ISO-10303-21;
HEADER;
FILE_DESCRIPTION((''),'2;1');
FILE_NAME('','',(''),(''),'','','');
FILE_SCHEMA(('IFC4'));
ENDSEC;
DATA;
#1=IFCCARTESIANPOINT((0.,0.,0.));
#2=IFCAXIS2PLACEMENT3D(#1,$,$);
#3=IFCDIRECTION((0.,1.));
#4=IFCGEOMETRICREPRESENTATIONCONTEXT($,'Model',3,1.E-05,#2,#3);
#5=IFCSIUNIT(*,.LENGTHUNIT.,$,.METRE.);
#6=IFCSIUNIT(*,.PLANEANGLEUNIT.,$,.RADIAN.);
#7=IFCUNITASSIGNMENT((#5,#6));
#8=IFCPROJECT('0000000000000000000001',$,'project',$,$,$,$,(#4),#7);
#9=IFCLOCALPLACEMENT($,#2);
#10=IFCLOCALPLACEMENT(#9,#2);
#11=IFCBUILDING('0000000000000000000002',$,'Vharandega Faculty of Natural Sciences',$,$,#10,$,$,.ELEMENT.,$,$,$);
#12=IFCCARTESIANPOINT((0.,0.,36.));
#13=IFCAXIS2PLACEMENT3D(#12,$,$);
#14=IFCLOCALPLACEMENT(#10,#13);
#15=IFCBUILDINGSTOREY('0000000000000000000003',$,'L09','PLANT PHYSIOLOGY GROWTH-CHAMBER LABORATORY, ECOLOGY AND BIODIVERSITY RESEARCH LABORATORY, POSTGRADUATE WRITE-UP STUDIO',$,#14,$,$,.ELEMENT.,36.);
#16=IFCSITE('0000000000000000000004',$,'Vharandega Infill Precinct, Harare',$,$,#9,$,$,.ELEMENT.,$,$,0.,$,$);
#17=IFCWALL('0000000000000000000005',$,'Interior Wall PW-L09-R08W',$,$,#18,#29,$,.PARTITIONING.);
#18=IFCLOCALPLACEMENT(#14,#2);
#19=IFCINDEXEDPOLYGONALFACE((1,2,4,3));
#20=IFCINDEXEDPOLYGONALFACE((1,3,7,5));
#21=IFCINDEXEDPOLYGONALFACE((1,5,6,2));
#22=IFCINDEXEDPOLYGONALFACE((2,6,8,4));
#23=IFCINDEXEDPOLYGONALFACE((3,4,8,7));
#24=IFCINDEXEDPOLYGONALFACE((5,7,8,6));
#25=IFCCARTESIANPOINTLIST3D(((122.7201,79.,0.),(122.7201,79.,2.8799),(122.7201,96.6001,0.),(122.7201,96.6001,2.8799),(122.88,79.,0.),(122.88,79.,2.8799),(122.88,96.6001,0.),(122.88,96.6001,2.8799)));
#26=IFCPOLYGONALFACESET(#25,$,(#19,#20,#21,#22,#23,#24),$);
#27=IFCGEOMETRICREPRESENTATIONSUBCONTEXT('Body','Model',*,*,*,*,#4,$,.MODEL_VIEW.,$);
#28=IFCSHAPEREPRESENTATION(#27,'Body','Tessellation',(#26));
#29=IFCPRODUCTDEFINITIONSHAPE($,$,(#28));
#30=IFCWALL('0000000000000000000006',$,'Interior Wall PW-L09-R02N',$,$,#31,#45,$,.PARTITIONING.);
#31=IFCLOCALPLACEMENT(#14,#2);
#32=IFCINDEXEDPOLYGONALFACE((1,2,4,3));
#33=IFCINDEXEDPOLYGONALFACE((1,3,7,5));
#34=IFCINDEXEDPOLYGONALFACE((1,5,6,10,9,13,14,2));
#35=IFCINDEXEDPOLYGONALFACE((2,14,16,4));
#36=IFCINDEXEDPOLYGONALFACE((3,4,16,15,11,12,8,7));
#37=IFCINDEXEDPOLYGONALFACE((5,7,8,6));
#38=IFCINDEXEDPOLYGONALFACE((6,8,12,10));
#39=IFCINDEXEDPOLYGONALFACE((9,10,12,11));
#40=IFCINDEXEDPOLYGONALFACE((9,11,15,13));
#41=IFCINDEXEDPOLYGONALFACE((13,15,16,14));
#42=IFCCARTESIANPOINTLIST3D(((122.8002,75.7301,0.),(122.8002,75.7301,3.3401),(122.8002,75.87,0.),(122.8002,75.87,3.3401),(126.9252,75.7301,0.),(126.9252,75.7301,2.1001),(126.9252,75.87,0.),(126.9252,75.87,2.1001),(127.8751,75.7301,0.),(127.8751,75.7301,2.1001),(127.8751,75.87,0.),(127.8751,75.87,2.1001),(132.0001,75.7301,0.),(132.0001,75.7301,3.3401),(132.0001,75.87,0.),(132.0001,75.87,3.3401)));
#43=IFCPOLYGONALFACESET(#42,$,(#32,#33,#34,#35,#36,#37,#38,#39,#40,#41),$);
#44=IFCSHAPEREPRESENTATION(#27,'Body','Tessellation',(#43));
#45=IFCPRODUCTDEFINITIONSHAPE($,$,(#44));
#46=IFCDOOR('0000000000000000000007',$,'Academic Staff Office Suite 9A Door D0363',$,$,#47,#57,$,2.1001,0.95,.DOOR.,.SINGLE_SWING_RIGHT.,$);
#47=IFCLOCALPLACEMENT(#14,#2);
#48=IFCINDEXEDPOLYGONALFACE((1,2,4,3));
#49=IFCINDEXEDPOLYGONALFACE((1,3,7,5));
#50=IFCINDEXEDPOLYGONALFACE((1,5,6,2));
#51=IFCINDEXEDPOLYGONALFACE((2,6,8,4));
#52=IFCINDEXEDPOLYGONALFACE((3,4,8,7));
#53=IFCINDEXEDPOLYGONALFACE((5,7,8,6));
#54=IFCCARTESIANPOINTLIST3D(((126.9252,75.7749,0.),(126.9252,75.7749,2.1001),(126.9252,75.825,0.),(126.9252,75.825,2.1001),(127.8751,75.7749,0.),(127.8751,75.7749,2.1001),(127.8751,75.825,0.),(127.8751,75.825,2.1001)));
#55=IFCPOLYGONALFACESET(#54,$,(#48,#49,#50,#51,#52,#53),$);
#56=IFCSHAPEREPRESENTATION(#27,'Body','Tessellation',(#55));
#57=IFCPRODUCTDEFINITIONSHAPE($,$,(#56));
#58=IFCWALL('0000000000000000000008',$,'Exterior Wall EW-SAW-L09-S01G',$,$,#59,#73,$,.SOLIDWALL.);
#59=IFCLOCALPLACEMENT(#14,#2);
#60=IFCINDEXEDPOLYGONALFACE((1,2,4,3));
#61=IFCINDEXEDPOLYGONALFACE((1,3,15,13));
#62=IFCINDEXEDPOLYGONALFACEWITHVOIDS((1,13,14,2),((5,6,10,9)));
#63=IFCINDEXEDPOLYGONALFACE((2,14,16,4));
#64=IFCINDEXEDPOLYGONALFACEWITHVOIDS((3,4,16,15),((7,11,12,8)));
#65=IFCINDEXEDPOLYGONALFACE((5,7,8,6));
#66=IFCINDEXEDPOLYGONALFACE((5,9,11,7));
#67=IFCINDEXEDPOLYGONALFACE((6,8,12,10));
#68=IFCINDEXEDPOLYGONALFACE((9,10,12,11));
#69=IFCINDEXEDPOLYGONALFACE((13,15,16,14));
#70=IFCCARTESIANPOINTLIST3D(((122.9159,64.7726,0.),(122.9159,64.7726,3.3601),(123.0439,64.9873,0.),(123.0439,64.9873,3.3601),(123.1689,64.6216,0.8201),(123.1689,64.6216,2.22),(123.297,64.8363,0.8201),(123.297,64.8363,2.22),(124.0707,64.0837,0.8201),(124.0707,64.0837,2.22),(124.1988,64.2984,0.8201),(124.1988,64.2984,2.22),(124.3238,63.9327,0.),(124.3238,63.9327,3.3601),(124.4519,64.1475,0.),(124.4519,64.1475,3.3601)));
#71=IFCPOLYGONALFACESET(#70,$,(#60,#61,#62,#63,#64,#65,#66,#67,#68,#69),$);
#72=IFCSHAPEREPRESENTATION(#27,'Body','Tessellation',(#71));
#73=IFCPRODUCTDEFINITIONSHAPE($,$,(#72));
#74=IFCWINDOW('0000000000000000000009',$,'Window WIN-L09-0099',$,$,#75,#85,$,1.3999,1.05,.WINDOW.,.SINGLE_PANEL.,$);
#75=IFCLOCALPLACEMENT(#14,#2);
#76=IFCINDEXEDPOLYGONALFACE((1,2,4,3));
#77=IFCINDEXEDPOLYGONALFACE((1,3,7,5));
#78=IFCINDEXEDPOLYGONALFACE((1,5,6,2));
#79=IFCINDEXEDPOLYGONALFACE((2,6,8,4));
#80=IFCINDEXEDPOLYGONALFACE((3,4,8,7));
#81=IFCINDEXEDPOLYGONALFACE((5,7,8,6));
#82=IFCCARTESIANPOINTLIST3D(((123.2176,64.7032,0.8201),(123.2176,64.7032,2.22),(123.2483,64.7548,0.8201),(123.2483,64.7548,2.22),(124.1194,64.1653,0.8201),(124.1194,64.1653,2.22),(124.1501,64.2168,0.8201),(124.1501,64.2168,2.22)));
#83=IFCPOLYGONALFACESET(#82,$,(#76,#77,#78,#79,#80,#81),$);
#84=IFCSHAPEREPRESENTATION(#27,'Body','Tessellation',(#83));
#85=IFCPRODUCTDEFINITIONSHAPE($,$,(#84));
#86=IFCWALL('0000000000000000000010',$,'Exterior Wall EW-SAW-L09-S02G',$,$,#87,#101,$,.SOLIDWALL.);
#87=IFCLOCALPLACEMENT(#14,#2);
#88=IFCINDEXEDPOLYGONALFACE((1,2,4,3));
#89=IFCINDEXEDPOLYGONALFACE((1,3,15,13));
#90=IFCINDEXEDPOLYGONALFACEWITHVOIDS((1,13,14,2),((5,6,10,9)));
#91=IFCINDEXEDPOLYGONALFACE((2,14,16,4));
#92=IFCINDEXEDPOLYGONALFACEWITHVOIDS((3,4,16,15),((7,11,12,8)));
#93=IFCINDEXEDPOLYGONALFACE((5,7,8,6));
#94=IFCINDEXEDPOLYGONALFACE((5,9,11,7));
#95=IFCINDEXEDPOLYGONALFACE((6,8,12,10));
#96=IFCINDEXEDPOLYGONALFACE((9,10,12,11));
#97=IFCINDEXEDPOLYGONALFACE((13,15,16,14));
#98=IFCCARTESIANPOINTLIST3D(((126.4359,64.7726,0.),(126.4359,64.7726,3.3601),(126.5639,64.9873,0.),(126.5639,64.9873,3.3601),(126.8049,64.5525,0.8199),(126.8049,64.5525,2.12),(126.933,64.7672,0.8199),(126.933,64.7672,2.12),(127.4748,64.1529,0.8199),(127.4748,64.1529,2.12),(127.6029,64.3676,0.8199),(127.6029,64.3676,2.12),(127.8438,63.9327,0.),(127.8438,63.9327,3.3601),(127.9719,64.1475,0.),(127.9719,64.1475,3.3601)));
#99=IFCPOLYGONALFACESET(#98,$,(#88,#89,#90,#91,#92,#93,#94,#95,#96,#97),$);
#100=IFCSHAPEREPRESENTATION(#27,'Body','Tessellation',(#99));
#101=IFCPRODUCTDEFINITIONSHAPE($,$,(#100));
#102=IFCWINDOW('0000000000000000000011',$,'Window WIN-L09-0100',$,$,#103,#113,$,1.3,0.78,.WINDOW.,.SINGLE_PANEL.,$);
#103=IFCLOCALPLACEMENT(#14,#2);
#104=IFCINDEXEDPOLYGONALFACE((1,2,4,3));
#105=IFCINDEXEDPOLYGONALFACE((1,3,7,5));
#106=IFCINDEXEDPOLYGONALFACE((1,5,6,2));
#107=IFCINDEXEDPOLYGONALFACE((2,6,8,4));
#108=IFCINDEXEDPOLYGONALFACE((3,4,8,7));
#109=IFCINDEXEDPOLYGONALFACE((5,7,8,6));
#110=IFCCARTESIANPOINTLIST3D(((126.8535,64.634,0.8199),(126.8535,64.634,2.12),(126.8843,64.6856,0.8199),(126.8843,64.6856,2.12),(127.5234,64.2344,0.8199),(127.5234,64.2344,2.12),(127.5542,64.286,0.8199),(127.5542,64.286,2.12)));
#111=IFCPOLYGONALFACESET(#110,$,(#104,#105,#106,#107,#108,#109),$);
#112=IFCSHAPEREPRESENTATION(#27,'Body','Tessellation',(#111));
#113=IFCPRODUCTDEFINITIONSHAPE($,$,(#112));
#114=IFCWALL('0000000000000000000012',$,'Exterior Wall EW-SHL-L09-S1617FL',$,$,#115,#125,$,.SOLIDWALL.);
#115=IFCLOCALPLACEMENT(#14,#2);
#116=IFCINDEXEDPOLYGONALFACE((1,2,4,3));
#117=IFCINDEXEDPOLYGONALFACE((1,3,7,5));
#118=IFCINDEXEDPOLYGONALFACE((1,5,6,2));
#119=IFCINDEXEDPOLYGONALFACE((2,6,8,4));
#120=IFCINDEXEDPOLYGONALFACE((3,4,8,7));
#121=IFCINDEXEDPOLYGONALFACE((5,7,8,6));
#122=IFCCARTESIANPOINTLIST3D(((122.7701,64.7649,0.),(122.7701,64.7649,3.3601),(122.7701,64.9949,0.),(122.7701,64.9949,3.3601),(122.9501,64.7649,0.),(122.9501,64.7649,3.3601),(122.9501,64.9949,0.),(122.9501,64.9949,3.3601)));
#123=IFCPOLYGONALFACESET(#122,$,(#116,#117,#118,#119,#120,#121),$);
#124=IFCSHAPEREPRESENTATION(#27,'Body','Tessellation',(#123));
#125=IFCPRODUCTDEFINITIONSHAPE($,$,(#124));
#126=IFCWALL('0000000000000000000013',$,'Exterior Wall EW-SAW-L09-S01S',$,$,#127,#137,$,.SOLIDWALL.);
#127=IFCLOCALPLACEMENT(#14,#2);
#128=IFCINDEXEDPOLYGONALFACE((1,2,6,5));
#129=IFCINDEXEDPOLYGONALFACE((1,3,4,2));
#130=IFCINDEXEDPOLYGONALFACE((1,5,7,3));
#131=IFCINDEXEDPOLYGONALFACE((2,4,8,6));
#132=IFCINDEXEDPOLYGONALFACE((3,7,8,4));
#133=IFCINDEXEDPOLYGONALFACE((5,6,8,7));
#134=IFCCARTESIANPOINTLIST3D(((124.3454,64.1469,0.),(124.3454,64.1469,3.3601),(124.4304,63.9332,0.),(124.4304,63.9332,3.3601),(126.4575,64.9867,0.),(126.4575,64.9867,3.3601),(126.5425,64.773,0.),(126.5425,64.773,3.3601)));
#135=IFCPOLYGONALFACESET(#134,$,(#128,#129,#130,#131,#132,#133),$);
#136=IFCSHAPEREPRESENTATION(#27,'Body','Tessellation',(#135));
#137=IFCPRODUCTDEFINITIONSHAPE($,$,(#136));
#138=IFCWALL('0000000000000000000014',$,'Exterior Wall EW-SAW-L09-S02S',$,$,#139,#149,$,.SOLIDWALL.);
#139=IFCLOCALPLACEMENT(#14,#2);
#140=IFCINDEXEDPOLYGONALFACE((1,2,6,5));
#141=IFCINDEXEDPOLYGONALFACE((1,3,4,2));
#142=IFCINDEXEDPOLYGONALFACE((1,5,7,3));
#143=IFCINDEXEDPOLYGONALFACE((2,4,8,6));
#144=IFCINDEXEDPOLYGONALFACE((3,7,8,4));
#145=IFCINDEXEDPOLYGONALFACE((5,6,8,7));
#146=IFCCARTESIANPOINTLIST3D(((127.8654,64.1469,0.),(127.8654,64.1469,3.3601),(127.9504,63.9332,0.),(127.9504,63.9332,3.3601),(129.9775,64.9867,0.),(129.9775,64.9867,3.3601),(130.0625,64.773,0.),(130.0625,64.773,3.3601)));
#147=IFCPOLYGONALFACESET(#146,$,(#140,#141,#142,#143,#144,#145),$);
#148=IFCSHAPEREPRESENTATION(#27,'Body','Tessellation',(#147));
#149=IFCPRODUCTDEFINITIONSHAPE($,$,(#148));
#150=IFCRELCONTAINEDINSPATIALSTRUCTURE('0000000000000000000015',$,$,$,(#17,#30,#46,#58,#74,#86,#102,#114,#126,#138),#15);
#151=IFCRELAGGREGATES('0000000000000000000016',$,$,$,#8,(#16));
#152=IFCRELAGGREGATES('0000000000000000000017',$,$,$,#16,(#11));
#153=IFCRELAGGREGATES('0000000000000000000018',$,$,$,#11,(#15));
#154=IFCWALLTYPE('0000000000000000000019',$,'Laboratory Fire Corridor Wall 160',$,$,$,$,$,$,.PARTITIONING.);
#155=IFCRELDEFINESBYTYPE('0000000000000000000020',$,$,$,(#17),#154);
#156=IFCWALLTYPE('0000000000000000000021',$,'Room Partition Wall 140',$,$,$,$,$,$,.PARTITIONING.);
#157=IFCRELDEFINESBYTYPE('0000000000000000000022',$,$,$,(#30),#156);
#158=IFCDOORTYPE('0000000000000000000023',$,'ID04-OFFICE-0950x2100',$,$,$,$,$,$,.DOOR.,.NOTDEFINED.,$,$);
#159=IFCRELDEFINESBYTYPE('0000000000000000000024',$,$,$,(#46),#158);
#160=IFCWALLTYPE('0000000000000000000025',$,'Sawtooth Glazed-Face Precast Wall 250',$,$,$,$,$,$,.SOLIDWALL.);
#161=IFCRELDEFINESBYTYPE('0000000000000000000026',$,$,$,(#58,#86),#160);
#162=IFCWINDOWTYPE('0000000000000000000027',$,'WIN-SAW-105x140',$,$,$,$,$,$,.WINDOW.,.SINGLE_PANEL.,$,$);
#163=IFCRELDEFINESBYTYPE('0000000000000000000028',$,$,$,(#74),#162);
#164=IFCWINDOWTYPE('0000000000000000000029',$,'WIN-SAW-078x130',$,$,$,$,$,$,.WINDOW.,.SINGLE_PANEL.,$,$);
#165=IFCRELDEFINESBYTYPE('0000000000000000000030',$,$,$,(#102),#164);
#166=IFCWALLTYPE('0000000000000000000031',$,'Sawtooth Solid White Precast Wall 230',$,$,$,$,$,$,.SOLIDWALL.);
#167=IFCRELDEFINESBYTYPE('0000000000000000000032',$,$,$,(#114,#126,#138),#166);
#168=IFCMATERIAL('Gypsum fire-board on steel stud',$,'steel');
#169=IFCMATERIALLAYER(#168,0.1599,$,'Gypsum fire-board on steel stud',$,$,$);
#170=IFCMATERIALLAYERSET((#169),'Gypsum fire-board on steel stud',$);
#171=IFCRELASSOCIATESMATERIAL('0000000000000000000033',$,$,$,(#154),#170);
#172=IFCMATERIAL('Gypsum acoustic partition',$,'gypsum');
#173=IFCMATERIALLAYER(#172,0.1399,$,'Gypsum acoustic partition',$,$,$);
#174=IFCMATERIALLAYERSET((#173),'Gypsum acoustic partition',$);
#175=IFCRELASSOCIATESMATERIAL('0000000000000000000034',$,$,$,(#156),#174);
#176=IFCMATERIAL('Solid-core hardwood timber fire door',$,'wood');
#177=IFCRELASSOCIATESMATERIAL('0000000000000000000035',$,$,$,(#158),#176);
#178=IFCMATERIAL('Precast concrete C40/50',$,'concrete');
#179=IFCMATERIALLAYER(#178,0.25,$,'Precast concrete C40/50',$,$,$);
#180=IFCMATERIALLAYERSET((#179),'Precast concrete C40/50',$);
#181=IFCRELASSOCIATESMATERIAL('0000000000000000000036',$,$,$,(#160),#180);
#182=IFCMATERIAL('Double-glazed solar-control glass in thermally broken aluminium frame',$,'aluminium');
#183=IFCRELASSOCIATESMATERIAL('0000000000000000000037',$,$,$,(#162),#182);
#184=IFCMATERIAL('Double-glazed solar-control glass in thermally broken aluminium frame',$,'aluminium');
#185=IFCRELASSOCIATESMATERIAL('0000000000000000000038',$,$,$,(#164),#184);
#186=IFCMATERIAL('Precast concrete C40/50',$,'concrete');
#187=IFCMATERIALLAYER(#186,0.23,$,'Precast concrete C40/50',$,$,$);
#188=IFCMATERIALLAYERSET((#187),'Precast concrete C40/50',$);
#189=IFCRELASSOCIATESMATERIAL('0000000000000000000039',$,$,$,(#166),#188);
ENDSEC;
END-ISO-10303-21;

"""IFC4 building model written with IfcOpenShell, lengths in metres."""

from ifc_helpers import new_model, si_unit, direction, frame, frame_2d, origin, place, context, subcontext, project, spatial, rectangle, extrude, material, layer, layer_set, type_object, element, fill, save


model = new_model("IFC4")

# Units and contexts
model_context = context("Model", 3, precision=1e-05, world=origin(), true_north=direction((0.0, 1.0)))
body_context = subcontext(model_context, "Body", "Model", "MODEL_VIEW")
ifc_project = project(units=[si_unit("LENGTHUNIT", "METRE"), si_unit("PLANEANGLEUNIT", "RADIAN")], contexts=[model_context])

# Site, building, storey
site_placement = place(None, origin())
site = spatial("IfcSite", under=ifc_project, at=site_placement, Name="Vharandega Infill Precinct, Harare", CompositionType="ELEMENT", RefElevation=0.0)
building_placement = place(site_placement, origin())
building = spatial("IfcBuilding", under=site, at=building_placement, Name="Vharandega Faculty of Natural Sciences", CompositionType="ELEMENT")
storey_placement = place(building_placement, frame((0.0, 0.0, 36.0)))
storey = spatial("IfcBuildingStorey", under=building, at=storey_placement, Name="L09", Description="PLANT PHYSIOLOGY GROWTH-CHAMBER LABORATORY, ECOLOGY AND BIODIVERSITY RESEARCH LABORATORY, POSTGRADUATE WRITE-UP STUDIO", CompositionType="ELEMENT", Elevation=36.0)

# Shared definitions
ifc_material_1 = material(Name="Gypsum fire-board on steel stud", Category="steel")
ifc_layer_1 = layer(ifc_material_1, 0.1599, Name="Gypsum fire-board on steel stud")
ifc_layer_set_1 = layer_set([ifc_layer_1], Name="Gypsum fire-board on steel stud")
wall_type_1 = type_object("IfcWallType", Name="Laboratory Fire Corridor Wall 160", PredefinedType="PARTITIONING", material=ifc_layer_set_1)

# Wall
wall_1_placement = place(storey_placement, frame((122.8, 79.0, 0.0), z_axis=(0.0, 0.0, 1.0), x_axis=(0.0, 1.0, 0.0)))
element("IfcWall", 1, at=wall_1_placement, inside=storey, type_object=wall_type_1, Name="Interior Wall PW-L09-R08W", PredefinedType="PARTITIONING", context=body_context, shape_type="SweptSolid", body=[
    extrude(rectangle(XDim=17.6001, YDim=0.1599, at=frame_2d((8.8, 0.0))), origin(), (0.0, 0.0, 1.0), 2.8799),
])

# Wall, opening, door
ifc_material_2 = material(Name="Gypsum acoustic partition", Category="gypsum")
ifc_layer_2 = layer(ifc_material_2, 0.1399, Name="Gypsum acoustic partition")
ifc_layer_set_2 = layer_set([ifc_layer_2], Name="Gypsum acoustic partition")
wall_type_2 = type_object("IfcWallType", Name="Room Partition Wall 140", PredefinedType="PARTITIONING", material=ifc_layer_set_2)
wall_2_placement = place(storey_placement, frame((122.8, 75.8, 0.0), z_axis=(0.0, 0.0, 1.0), x_axis=(1.0, 0.0, 0.0)))
wall_2 = element("IfcWall", 2, at=wall_2_placement, inside=storey, type_object=wall_type_2, Name="Interior Wall PW-L09-R02N", PredefinedType="PARTITIONING", context=body_context, shape_type="SweptSolid", body=[
    extrude(rectangle(XDim=9.2, YDim=0.1399, at=frame_2d((4.6001, 0.0))), origin(), (0.0, 0.0, 1.0), 3.3401),
])
opening_1_placement = place(wall_2_placement, frame((4.125, 0.0, 0.0)))
opening_1 = element("IfcOpeningElement", 3, at=opening_1_placement, cuts=wall_2, PredefinedType="OPENING", context=body_context, shape_type="SweptSolid", body=[
    extrude(rectangle(XDim=0.95, YDim=2.1001, at=frame_2d((0.4751, 1.05))), frame((0.0, 0.0801, 0.0), z_axis=(0.0, -1.0, 0.0), x_axis=(1.0, 0.0, 0.0)), (0.0, 0.0, 1.0), 0.1599),
])
ifc_material_3 = material(Name="Solid-core hardwood timber fire door", Category="wood")
door_type_1 = type_object("IfcDoorType", Name="ID04-OFFICE-0950x2100", OperationType="NOTDEFINED", PredefinedType="DOOR", material=ifc_material_3)
door_1_placement = place(opening_1_placement, origin())
door_1 = element("IfcDoor", 4, at=door_1_placement, inside=storey, type_object=door_type_1, Name="Academic Staff Office Suite 9A Door D0363", OperationType="SINGLE_SWING_RIGHT", OverallHeight=2.1001, OverallWidth=0.95, PredefinedType="DOOR", context=body_context, shape_type="SweptSolid", body=[
    extrude(rectangle(XDim=0.95, YDim=2.1001, at=frame_2d((0.4751, 1.05))), frame((0.0, 0.0249, 0.0), z_axis=(0.0, -1.0, 0.0), x_axis=(1.0, 0.0, 0.0)), (0.0, 0.0, 1.0), 0.05),
])
fill(opening_1, door_1)

# Walls, openings, windows
ifc_material_4 = material(Name="Precast concrete C40/50", Category="concrete")
ifc_layer_3 = layer(ifc_material_4, 0.25, Name="Precast concrete C40/50")
ifc_layer_set_3 = layer_set([ifc_layer_3], Name="Precast concrete C40/50")
wall_type_3 = type_object("IfcWallType", Name="Sawtooth Glazed-Face Precast Wall 250", PredefinedType="SOLIDWALL", material=ifc_layer_set_3)
wall_3_placement = place(storey_placement, frame((124.3879, 64.04, 0.0), z_axis=(0.0, 0.0, 1.0), x_axis=(-0.858817, 0.512282, 0.0)))
wall_3 = element("IfcWall", 5, at=wall_3_placement, inside=storey, type_object=wall_type_3, Name="Exterior Wall EW-SAW-L09-S01G", PredefinedType="SOLIDWALL", context=body_context, shape_type="SweptSolid", body=[
    extrude(rectangle(XDim=1.6394, YDim=0.25, at=frame_2d((0.8198, 0.0))), origin(), (0.0, 0.0, 1.0), 3.3601),
])
opening_2_placement = place(wall_3_placement, frame((0.2949, 0.0, 0.8201)))
opening_2 = element("IfcOpeningElement", 6, at=opening_2_placement, cuts=wall_3, PredefinedType="OPENING", context=body_context, shape_type="SweptSolid", body=[
    extrude(rectangle(XDim=1.05, YDim=1.3999, at=frame_2d((0.5249, 0.7))), frame((0.0, 0.135, 0.0), z_axis=(0.0, -1.0, 0.0), x_axis=(1.0, 0.0, 0.0)), (0.0, 0.0, 1.0), 0.27),
])
ifc_material_5 = material(Name="Double-glazed solar-control glass in thermally broken aluminium frame", Category="aluminium")
window_type_1 = type_object("IfcWindowType", Name="WIN-SAW-105x140", PartitioningType="SINGLE_PANEL", PredefinedType="WINDOW", material=ifc_material_5)
window_1_placement = place(opening_2_placement, origin())
window_1 = element("IfcWindow", 7, at=window_1_placement, inside=storey, type_object=window_type_1, Name="Window WIN-L09-0099", OverallHeight=1.3999, OverallWidth=1.05, PartitioningType="SINGLE_PANEL", PredefinedType="WINDOW", context=body_context, shape_type="SweptSolid", body=[
    extrude(rectangle(XDim=1.05, YDim=1.3999, at=frame_2d((0.5249, 0.7))), frame((0.0, 0.03, 0.0), z_axis=(0.0, -1.0, 0.0), x_axis=(1.0, 0.0, 0.0)), (0.0, 0.0, 1.0), 0.0601),
])
fill(opening_2, window_1)
wall_4_placement = place(storey_placement, frame((127.908, 64.04, 0.0), z_axis=(0.0, 0.0, 1.0), x_axis=(-0.858817, 0.512282, 0.0)))
wall_4 = element("IfcWall", 8, at=wall_4_placement, inside=storey, type_object=wall_type_3, Name="Exterior Wall EW-SAW-L09-S02G", PredefinedType="SOLIDWALL", context=body_context, shape_type="SweptSolid", body=[
    extrude(rectangle(XDim=1.6394, YDim=0.25, at=frame_2d((0.8198, 0.0))), origin(), (0.0, 0.0, 1.0), 3.3601),
])
opening_3_placement = place(wall_4_placement, frame((0.4297, 0.0, 0.8201)))
opening_3 = element("IfcOpeningElement", 9, at=opening_3_placement, cuts=wall_4, PredefinedType="OPENING", context=body_context, shape_type="SweptSolid", body=[
    extrude(rectangle(XDim=0.78, YDim=1.3, at=frame_2d((0.3901, 0.6499))), frame((0.0, 0.135, 0.0), z_axis=(0.0, -1.0, 0.0), x_axis=(1.0, 0.0, 0.0)), (0.0, 0.0, 1.0), 0.27),
])
ifc_material_6 = material(Name="Double-glazed solar-control glass in thermally broken aluminium frame", Category="aluminium")
window_type_2 = type_object("IfcWindowType", Name="WIN-SAW-078x130", PartitioningType="SINGLE_PANEL", PredefinedType="WINDOW", material=ifc_material_6)
window_2_placement = place(opening_3_placement, origin())
window_2 = element("IfcWindow", 10, at=window_2_placement, inside=storey, type_object=window_type_2, Name="Window WIN-L09-0100", OverallHeight=1.3, OverallWidth=0.78, PartitioningType="SINGLE_PANEL", PredefinedType="WINDOW", context=body_context, shape_type="SweptSolid", body=[
    extrude(rectangle(XDim=0.78, YDim=1.3, at=frame_2d((0.3901, 0.6499))), frame((0.0, 0.03, 0.0), z_axis=(0.0, -1.0, 0.0), x_axis=(1.0, 0.0, 0.0)), (0.0, 0.0, 1.0), 0.0601),
])
fill(opening_3, window_2)

# Walls
ifc_material_7 = material(Name="Precast concrete C40/50", Category="concrete")
ifc_layer_4 = layer(ifc_material_7, 0.23, Name="Precast concrete C40/50")
ifc_layer_set_4 = layer_set([ifc_layer_4], Name="Precast concrete C40/50")
wall_type_4 = type_object("IfcWallType", Name="Sawtooth Solid White Precast Wall 230", PredefinedType="SOLIDWALL", material=ifc_layer_set_4)
wall_5_placement = place(storey_placement, frame((122.95, 64.8799, 0.0), z_axis=(0.0, 0.0, 1.0), x_axis=(-1.0, 0.0, 0.0)))
element("IfcWall", 11, at=wall_5_placement, inside=storey, type_object=wall_type_4, Name="Exterior Wall EW-SHL-L09-S1617FL", PredefinedType="SOLIDWALL", context=body_context, shape_type="SweptSolid", body=[
    extrude(rectangle(XDim=0.1799, YDim=0.23, at=frame_2d((0.0898, 0.0))), origin(), (0.0, 0.0, 1.0), 3.3601),
])
for number, where, z_axis, x_axis, name in (
    (12, (126.5, 64.8799, 0.0), (0.0, 0.0, 1.0), (-0.92923, -0.369501, 0.0), "Exterior Wall EW-SAW-L09-S01S"),
    (13, (130.02, 64.8799, 0.0), (0.0, 0.0, 1.0), (-0.92923, -0.369501, 0.0), "Exterior Wall EW-SAW-L09-S02S"),
):
    element("IfcWall", number, at=place(storey_placement, frame(where, z_axis=z_axis, x_axis=x_axis)), inside=storey, type_object=wall_type_4, Name=name, PredefinedType="SOLIDWALL", context=body_context, shape_type="SweptSolid", body=[
        extrude(rectangle(XDim=2.2729, YDim=0.23, at=frame_2d((1.1365, 0.0))), origin(), (0.0, 0.0, 1.0), 3.3601),
    ])

save(model, "model.ifc")
